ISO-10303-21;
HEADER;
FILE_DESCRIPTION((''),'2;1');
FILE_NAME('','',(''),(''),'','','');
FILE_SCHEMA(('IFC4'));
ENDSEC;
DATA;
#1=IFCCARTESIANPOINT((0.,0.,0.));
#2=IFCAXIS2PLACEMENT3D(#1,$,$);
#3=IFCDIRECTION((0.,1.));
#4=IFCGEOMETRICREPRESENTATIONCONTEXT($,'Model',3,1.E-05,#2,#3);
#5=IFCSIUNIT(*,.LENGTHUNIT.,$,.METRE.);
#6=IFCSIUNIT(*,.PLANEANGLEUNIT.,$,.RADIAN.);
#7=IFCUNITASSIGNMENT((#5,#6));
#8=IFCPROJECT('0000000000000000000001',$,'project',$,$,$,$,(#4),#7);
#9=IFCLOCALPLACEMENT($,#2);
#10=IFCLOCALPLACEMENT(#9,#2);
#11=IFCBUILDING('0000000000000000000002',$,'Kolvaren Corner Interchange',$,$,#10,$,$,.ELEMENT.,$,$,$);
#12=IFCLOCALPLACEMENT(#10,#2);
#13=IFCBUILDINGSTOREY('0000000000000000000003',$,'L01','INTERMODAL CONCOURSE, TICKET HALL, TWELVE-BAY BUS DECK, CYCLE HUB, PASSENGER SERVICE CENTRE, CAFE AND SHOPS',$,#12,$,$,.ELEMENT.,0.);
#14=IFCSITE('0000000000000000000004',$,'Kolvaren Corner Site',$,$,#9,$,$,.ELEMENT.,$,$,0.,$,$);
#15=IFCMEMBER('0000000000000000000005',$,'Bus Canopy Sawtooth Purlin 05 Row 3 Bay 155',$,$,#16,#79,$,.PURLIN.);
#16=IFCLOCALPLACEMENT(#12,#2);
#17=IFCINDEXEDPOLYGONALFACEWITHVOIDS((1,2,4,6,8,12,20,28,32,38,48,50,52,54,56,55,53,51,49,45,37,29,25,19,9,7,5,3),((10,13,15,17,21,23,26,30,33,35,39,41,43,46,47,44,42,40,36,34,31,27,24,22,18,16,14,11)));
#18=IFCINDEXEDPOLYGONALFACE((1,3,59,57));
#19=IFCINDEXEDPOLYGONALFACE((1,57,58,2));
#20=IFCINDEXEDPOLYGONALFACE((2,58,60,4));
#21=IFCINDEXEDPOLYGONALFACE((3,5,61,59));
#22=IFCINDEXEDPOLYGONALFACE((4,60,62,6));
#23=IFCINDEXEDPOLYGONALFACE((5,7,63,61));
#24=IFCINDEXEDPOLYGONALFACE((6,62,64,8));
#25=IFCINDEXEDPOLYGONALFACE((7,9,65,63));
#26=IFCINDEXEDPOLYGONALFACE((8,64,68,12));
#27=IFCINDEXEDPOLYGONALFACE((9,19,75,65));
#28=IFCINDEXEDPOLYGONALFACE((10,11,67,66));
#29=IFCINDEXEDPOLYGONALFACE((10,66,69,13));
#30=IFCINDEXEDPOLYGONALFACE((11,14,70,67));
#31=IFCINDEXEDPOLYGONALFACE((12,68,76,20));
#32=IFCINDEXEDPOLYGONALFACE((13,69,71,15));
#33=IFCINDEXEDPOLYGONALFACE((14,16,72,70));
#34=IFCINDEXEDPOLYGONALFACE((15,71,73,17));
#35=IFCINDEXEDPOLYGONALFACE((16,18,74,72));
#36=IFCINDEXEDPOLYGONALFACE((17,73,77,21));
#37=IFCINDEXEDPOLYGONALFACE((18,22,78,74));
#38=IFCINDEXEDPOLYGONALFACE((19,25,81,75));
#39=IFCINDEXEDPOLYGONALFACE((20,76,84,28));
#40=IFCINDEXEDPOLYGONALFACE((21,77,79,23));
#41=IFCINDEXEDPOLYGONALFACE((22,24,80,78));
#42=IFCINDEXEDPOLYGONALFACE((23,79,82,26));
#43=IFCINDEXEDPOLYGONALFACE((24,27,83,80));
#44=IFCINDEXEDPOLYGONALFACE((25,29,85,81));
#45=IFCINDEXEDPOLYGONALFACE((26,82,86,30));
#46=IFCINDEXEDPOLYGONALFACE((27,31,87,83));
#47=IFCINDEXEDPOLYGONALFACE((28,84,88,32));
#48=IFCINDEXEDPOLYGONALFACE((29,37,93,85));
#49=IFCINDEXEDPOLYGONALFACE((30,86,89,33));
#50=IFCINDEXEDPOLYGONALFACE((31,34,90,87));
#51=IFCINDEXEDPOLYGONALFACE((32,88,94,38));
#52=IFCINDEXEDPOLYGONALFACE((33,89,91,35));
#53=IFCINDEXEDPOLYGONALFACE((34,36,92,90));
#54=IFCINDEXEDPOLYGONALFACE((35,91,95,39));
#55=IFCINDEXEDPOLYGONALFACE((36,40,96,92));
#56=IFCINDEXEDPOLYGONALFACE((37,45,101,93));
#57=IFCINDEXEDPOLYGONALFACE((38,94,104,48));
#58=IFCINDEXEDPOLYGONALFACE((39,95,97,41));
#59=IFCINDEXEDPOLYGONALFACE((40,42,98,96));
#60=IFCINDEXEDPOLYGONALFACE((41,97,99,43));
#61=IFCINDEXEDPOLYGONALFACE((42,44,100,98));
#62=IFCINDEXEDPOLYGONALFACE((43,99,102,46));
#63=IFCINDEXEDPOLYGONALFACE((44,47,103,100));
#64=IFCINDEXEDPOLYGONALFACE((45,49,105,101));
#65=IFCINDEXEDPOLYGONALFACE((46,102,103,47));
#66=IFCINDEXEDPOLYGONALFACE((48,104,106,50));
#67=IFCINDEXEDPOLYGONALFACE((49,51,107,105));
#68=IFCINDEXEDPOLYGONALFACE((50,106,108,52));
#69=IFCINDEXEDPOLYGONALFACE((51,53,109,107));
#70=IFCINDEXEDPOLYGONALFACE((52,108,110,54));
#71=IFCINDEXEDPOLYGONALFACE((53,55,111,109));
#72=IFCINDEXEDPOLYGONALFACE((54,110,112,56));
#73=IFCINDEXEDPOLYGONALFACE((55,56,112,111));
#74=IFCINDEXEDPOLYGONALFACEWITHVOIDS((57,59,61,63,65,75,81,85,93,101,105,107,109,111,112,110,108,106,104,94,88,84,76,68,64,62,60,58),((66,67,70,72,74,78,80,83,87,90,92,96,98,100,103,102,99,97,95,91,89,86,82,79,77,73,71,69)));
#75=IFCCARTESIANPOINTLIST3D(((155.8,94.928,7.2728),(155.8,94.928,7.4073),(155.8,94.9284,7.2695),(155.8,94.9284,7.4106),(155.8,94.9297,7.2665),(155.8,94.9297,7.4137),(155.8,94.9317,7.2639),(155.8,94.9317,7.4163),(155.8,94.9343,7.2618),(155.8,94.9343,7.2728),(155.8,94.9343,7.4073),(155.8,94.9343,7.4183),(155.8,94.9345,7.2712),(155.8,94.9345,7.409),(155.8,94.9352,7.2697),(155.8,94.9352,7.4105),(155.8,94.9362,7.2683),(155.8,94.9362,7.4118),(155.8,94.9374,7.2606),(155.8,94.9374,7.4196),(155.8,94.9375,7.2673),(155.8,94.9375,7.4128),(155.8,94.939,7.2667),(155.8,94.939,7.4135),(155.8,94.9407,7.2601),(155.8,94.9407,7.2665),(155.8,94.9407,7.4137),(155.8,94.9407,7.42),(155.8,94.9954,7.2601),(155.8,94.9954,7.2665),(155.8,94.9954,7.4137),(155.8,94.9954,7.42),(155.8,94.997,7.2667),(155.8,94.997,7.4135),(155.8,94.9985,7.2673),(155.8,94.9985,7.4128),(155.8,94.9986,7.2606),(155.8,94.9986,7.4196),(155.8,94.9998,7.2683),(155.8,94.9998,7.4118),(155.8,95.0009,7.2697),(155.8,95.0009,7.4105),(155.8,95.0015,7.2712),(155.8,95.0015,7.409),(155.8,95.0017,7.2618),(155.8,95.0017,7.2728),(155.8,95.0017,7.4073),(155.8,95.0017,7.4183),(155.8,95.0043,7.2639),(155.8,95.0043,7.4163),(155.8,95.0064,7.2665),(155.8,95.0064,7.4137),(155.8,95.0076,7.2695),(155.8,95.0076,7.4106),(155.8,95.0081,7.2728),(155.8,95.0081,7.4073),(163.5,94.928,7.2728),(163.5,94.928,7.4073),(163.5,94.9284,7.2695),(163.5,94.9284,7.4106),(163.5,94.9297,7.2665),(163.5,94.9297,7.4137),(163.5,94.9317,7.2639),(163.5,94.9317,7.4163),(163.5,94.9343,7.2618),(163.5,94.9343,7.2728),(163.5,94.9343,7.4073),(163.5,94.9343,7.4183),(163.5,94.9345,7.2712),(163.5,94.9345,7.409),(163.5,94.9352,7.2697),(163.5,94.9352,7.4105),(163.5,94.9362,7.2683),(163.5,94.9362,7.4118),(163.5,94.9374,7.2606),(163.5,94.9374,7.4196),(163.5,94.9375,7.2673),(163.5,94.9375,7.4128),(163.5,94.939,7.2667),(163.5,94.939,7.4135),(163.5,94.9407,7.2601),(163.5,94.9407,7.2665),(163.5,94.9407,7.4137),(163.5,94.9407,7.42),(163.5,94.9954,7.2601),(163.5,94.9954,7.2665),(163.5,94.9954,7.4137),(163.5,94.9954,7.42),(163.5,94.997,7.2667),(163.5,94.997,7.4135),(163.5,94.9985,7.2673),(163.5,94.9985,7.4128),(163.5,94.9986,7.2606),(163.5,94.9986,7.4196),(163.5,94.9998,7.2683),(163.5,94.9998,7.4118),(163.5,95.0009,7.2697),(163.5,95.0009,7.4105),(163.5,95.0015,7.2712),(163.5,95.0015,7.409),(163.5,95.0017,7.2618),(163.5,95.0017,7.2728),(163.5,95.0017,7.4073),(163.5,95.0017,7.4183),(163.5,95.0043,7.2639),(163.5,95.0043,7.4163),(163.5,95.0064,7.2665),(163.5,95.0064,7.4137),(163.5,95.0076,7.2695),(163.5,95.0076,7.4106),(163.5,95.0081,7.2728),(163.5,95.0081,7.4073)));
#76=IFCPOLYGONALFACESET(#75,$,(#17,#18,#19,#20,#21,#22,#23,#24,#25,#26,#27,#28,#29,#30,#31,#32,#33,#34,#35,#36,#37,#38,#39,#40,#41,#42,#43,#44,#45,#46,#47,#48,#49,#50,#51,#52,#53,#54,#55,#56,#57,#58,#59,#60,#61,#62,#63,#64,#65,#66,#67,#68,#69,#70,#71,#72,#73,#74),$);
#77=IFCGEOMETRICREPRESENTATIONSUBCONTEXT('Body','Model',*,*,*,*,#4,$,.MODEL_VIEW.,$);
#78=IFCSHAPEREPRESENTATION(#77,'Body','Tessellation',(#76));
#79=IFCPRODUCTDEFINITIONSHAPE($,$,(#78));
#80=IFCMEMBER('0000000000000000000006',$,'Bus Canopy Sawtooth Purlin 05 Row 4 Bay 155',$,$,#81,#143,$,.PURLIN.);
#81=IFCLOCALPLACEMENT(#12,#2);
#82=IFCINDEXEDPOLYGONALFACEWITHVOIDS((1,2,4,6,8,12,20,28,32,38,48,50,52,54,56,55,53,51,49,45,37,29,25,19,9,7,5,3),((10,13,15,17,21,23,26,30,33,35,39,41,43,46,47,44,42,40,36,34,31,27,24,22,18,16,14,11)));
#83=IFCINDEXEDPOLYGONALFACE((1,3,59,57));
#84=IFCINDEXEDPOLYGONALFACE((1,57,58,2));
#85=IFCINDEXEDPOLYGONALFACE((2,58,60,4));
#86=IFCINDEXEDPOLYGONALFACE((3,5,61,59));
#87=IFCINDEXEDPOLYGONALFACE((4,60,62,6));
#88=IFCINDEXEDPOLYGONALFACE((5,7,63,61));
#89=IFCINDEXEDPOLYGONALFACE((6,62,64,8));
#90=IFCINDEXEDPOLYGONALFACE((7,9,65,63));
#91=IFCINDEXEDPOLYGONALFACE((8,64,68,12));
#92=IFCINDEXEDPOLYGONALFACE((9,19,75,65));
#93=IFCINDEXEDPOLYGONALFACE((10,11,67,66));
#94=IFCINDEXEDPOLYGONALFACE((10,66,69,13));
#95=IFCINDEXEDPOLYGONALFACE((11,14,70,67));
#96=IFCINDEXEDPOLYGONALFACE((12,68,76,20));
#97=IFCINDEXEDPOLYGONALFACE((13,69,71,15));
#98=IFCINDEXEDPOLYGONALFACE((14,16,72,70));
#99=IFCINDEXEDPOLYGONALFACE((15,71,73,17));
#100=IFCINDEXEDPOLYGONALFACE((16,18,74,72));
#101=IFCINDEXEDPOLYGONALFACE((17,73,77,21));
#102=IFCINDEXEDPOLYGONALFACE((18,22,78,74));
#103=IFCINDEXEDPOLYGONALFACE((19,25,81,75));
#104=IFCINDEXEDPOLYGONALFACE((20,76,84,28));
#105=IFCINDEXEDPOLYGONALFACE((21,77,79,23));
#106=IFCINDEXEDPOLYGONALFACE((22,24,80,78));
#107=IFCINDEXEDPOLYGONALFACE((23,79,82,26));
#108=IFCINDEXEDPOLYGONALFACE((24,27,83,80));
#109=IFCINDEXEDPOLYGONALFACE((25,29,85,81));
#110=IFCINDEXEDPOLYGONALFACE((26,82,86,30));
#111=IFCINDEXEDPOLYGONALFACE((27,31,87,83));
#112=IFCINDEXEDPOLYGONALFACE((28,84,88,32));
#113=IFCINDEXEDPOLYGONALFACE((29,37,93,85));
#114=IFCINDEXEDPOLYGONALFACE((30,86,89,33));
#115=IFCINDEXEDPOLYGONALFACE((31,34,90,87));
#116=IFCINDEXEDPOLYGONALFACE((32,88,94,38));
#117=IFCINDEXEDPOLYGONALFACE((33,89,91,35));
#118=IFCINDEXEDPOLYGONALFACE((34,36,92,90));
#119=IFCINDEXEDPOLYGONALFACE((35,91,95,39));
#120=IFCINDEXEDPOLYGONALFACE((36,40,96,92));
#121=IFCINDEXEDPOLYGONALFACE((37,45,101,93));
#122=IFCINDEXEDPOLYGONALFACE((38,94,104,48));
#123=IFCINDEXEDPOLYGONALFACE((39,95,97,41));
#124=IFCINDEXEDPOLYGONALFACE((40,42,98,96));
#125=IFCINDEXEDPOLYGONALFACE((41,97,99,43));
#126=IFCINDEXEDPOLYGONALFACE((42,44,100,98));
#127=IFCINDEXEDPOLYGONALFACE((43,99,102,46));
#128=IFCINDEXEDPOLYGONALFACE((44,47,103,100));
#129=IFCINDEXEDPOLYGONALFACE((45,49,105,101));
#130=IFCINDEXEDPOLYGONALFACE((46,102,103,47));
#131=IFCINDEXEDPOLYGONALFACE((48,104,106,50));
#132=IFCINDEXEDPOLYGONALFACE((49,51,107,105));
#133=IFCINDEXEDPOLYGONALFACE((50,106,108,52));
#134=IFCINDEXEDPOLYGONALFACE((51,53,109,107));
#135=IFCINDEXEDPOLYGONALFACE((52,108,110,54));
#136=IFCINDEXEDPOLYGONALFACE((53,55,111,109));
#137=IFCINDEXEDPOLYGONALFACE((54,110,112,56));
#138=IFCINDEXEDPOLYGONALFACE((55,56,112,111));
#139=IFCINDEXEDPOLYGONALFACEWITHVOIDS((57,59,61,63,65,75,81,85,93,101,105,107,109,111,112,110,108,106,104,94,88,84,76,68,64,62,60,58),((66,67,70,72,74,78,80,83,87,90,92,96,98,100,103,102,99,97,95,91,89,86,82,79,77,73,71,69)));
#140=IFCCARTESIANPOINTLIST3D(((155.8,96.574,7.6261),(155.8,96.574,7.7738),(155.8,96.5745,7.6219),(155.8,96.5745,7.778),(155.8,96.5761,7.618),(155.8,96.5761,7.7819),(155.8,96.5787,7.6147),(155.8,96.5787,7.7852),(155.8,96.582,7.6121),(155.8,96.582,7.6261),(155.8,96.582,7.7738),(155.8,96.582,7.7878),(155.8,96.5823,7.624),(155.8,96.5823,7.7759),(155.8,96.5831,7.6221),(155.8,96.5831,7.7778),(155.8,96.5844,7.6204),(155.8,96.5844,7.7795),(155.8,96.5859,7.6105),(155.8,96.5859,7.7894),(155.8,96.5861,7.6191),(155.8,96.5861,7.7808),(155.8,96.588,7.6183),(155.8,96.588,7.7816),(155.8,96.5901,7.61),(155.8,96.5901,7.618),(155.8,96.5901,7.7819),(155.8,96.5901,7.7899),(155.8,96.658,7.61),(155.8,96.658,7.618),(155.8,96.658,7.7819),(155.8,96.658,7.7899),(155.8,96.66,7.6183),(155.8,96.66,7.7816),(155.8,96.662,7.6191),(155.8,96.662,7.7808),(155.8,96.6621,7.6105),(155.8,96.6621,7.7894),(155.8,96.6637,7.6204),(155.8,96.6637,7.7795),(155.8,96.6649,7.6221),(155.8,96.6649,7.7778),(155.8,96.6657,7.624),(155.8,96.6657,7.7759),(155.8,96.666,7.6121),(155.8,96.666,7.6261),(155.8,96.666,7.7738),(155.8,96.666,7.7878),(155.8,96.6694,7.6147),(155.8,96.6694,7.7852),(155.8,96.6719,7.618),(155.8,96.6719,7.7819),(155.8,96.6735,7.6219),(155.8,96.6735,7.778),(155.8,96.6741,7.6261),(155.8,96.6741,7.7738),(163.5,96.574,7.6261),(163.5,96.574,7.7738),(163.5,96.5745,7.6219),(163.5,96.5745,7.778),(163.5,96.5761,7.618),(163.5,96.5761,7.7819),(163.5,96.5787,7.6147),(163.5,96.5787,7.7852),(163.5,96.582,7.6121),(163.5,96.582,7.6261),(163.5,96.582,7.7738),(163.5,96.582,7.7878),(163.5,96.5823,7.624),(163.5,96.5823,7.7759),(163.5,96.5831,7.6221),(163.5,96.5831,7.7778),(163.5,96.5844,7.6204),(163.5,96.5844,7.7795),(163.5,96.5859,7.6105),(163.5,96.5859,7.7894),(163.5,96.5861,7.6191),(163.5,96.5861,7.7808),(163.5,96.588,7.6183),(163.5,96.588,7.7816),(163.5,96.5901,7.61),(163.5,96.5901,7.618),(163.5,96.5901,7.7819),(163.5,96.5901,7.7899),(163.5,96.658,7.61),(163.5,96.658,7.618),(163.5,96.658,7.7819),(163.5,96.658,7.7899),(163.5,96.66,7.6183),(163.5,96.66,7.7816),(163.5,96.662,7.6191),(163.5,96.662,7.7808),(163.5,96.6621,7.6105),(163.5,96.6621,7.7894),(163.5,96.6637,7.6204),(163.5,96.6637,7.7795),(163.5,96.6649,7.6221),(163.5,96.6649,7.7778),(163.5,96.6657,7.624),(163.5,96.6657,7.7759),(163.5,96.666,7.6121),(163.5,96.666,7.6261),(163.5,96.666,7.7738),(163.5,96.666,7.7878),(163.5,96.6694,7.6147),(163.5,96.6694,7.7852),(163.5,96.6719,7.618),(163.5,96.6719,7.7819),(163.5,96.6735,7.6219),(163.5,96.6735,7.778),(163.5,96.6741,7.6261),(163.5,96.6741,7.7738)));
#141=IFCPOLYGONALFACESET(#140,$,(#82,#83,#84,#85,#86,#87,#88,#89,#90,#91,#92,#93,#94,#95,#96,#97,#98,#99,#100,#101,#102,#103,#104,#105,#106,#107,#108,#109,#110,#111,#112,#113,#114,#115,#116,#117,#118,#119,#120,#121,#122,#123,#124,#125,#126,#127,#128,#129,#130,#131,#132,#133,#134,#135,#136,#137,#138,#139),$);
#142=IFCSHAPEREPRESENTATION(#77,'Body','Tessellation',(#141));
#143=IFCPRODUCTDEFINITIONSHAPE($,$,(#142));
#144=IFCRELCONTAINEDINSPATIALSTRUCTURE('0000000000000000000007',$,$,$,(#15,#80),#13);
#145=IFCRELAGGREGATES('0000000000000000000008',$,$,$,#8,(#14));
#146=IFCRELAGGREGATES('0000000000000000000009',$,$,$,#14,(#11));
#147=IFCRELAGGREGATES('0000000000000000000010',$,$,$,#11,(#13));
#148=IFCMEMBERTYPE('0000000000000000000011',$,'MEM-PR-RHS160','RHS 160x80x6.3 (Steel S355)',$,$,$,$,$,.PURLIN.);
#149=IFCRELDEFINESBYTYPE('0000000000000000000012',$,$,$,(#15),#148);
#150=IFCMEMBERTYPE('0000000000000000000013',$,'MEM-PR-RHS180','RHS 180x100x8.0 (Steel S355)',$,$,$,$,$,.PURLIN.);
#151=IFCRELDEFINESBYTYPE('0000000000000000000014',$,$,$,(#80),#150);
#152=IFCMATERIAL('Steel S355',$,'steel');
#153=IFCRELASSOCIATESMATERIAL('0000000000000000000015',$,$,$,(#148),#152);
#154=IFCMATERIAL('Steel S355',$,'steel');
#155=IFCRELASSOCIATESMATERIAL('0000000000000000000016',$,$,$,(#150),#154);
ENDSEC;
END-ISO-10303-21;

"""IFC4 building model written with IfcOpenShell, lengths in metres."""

from ifc_helpers import new_model, si_unit, direction, frame, origin, origin_2d, place, context, subcontext, project, spatial, hollow_rectangle, extrude, material, material_profile, profile_set, type_object, element, save


model = new_model("IFC4")

# Units and contexts
model_context = context("Model", 3, precision=1e-05, world=origin(), true_north=direction((0.0, 1.0)))
body_context = subcontext(model_context, "Body", "Model", "MODEL_VIEW")
ifc_project = project(units=[si_unit("LENGTHUNIT", "METRE"), si_unit("PLANEANGLEUNIT", "RADIAN")], contexts=[model_context])

# Site, building, storey
site_placement = place(None, origin())
site = spatial("IfcSite", under=ifc_project, at=site_placement, Name="Kolvaren Corner Site", CompositionType="ELEMENT", RefElevation=0.0)
building_placement = place(site_placement, origin())
building = spatial("IfcBuilding", under=site, at=building_placement, Name="Kolvaren Corner Interchange", CompositionType="ELEMENT")
storey_placement = place(building_placement, origin())
storey = spatial("IfcBuildingStorey", under=building, at=storey_placement, Name="L01", Description="INTERMODAL CONCOURSE, TICKET HALL, TWELVE-BAY BUS DECK, CYCLE HUB, PASSENGER SERVICE CENTRE, CAFE AND SHOPS", CompositionType="ELEMENT", Elevation=0.0)

# Members
ifc_material_1 = material(Name="Steel S355", Category="steel")
ifc_material_profile_1 = material_profile(ifc_material_1, hollow_rectangle(XDim=0.0801, YDim=0.1599, WallThickness=0.0063, InnerFilletRadius=0.0063, OuterFilletRadius=0.0127, at=origin_2d()), Name="RHS 160x80x6.3")
ifc_profile_set_1 = profile_set([ifc_material_profile_1], Name="Steel S355")
member_type_1 = type_object("IfcMemberType", Name="MEM-PR-RHS160", Description="RHS 160x80x6.3 (Steel S355)", PredefinedType="PURLIN", material=ifc_profile_set_1)
member_1_placement = place(storey_placement, frame((155.8, 94.968, 7.3401), z_axis=(1.0, 0.0, 0.0), x_axis=(0.0, 1.0, 0.0)))
element("IfcMember", 1, at=member_1_placement, inside=storey, type_object=member_type_1, Name="Bus Canopy Sawtooth Purlin 05 Row 3 Bay 155", PredefinedType="PURLIN", context=body_context, shape_type="SweptSolid", body=[
    extrude(hollow_rectangle(XDim=0.0801, YDim=0.1599, WallThickness=0.0063, InnerFilletRadius=0.0063, OuterFilletRadius=0.0127, at=origin_2d()), origin(), (0.0, 0.0, 1.0), 7.7),
])
ifc_material_2 = material(Name="Steel S355", Category="steel")
ifc_material_profile_2 = material_profile(ifc_material_2, hollow_rectangle(XDim=0.1001, YDim=0.1799, WallThickness=0.0081, InnerFilletRadius=0.0081, OuterFilletRadius=0.0161, at=origin_2d()), Name="RHS 180x100x8.0")
ifc_profile_set_2 = profile_set([ifc_material_profile_2], Name="Steel S355")
member_type_2 = type_object("IfcMemberType", Name="MEM-PR-RHS180", Description="RHS 180x100x8.0 (Steel S355)", PredefinedType="PURLIN", material=ifc_profile_set_2)
member_2_placement = place(storey_placement, frame((155.8, 96.624, 7.7), z_axis=(1.0, 0.0, 0.0), x_axis=(0.0, 1.0, 0.0)))
element("IfcMember", 2, at=member_2_placement, inside=storey, type_object=member_type_2, Name="Bus Canopy Sawtooth Purlin 05 Row 4 Bay 155", PredefinedType="PURLIN", context=body_context, shape_type="SweptSolid", body=[
    extrude(hollow_rectangle(XDim=0.1001, YDim=0.1799, WallThickness=0.0081, InnerFilletRadius=0.0081, OuterFilletRadius=0.0161, at=origin_2d()), origin(), (0.0, 0.0, 1.0), 7.7),
])

save(model, "model.ifc")
